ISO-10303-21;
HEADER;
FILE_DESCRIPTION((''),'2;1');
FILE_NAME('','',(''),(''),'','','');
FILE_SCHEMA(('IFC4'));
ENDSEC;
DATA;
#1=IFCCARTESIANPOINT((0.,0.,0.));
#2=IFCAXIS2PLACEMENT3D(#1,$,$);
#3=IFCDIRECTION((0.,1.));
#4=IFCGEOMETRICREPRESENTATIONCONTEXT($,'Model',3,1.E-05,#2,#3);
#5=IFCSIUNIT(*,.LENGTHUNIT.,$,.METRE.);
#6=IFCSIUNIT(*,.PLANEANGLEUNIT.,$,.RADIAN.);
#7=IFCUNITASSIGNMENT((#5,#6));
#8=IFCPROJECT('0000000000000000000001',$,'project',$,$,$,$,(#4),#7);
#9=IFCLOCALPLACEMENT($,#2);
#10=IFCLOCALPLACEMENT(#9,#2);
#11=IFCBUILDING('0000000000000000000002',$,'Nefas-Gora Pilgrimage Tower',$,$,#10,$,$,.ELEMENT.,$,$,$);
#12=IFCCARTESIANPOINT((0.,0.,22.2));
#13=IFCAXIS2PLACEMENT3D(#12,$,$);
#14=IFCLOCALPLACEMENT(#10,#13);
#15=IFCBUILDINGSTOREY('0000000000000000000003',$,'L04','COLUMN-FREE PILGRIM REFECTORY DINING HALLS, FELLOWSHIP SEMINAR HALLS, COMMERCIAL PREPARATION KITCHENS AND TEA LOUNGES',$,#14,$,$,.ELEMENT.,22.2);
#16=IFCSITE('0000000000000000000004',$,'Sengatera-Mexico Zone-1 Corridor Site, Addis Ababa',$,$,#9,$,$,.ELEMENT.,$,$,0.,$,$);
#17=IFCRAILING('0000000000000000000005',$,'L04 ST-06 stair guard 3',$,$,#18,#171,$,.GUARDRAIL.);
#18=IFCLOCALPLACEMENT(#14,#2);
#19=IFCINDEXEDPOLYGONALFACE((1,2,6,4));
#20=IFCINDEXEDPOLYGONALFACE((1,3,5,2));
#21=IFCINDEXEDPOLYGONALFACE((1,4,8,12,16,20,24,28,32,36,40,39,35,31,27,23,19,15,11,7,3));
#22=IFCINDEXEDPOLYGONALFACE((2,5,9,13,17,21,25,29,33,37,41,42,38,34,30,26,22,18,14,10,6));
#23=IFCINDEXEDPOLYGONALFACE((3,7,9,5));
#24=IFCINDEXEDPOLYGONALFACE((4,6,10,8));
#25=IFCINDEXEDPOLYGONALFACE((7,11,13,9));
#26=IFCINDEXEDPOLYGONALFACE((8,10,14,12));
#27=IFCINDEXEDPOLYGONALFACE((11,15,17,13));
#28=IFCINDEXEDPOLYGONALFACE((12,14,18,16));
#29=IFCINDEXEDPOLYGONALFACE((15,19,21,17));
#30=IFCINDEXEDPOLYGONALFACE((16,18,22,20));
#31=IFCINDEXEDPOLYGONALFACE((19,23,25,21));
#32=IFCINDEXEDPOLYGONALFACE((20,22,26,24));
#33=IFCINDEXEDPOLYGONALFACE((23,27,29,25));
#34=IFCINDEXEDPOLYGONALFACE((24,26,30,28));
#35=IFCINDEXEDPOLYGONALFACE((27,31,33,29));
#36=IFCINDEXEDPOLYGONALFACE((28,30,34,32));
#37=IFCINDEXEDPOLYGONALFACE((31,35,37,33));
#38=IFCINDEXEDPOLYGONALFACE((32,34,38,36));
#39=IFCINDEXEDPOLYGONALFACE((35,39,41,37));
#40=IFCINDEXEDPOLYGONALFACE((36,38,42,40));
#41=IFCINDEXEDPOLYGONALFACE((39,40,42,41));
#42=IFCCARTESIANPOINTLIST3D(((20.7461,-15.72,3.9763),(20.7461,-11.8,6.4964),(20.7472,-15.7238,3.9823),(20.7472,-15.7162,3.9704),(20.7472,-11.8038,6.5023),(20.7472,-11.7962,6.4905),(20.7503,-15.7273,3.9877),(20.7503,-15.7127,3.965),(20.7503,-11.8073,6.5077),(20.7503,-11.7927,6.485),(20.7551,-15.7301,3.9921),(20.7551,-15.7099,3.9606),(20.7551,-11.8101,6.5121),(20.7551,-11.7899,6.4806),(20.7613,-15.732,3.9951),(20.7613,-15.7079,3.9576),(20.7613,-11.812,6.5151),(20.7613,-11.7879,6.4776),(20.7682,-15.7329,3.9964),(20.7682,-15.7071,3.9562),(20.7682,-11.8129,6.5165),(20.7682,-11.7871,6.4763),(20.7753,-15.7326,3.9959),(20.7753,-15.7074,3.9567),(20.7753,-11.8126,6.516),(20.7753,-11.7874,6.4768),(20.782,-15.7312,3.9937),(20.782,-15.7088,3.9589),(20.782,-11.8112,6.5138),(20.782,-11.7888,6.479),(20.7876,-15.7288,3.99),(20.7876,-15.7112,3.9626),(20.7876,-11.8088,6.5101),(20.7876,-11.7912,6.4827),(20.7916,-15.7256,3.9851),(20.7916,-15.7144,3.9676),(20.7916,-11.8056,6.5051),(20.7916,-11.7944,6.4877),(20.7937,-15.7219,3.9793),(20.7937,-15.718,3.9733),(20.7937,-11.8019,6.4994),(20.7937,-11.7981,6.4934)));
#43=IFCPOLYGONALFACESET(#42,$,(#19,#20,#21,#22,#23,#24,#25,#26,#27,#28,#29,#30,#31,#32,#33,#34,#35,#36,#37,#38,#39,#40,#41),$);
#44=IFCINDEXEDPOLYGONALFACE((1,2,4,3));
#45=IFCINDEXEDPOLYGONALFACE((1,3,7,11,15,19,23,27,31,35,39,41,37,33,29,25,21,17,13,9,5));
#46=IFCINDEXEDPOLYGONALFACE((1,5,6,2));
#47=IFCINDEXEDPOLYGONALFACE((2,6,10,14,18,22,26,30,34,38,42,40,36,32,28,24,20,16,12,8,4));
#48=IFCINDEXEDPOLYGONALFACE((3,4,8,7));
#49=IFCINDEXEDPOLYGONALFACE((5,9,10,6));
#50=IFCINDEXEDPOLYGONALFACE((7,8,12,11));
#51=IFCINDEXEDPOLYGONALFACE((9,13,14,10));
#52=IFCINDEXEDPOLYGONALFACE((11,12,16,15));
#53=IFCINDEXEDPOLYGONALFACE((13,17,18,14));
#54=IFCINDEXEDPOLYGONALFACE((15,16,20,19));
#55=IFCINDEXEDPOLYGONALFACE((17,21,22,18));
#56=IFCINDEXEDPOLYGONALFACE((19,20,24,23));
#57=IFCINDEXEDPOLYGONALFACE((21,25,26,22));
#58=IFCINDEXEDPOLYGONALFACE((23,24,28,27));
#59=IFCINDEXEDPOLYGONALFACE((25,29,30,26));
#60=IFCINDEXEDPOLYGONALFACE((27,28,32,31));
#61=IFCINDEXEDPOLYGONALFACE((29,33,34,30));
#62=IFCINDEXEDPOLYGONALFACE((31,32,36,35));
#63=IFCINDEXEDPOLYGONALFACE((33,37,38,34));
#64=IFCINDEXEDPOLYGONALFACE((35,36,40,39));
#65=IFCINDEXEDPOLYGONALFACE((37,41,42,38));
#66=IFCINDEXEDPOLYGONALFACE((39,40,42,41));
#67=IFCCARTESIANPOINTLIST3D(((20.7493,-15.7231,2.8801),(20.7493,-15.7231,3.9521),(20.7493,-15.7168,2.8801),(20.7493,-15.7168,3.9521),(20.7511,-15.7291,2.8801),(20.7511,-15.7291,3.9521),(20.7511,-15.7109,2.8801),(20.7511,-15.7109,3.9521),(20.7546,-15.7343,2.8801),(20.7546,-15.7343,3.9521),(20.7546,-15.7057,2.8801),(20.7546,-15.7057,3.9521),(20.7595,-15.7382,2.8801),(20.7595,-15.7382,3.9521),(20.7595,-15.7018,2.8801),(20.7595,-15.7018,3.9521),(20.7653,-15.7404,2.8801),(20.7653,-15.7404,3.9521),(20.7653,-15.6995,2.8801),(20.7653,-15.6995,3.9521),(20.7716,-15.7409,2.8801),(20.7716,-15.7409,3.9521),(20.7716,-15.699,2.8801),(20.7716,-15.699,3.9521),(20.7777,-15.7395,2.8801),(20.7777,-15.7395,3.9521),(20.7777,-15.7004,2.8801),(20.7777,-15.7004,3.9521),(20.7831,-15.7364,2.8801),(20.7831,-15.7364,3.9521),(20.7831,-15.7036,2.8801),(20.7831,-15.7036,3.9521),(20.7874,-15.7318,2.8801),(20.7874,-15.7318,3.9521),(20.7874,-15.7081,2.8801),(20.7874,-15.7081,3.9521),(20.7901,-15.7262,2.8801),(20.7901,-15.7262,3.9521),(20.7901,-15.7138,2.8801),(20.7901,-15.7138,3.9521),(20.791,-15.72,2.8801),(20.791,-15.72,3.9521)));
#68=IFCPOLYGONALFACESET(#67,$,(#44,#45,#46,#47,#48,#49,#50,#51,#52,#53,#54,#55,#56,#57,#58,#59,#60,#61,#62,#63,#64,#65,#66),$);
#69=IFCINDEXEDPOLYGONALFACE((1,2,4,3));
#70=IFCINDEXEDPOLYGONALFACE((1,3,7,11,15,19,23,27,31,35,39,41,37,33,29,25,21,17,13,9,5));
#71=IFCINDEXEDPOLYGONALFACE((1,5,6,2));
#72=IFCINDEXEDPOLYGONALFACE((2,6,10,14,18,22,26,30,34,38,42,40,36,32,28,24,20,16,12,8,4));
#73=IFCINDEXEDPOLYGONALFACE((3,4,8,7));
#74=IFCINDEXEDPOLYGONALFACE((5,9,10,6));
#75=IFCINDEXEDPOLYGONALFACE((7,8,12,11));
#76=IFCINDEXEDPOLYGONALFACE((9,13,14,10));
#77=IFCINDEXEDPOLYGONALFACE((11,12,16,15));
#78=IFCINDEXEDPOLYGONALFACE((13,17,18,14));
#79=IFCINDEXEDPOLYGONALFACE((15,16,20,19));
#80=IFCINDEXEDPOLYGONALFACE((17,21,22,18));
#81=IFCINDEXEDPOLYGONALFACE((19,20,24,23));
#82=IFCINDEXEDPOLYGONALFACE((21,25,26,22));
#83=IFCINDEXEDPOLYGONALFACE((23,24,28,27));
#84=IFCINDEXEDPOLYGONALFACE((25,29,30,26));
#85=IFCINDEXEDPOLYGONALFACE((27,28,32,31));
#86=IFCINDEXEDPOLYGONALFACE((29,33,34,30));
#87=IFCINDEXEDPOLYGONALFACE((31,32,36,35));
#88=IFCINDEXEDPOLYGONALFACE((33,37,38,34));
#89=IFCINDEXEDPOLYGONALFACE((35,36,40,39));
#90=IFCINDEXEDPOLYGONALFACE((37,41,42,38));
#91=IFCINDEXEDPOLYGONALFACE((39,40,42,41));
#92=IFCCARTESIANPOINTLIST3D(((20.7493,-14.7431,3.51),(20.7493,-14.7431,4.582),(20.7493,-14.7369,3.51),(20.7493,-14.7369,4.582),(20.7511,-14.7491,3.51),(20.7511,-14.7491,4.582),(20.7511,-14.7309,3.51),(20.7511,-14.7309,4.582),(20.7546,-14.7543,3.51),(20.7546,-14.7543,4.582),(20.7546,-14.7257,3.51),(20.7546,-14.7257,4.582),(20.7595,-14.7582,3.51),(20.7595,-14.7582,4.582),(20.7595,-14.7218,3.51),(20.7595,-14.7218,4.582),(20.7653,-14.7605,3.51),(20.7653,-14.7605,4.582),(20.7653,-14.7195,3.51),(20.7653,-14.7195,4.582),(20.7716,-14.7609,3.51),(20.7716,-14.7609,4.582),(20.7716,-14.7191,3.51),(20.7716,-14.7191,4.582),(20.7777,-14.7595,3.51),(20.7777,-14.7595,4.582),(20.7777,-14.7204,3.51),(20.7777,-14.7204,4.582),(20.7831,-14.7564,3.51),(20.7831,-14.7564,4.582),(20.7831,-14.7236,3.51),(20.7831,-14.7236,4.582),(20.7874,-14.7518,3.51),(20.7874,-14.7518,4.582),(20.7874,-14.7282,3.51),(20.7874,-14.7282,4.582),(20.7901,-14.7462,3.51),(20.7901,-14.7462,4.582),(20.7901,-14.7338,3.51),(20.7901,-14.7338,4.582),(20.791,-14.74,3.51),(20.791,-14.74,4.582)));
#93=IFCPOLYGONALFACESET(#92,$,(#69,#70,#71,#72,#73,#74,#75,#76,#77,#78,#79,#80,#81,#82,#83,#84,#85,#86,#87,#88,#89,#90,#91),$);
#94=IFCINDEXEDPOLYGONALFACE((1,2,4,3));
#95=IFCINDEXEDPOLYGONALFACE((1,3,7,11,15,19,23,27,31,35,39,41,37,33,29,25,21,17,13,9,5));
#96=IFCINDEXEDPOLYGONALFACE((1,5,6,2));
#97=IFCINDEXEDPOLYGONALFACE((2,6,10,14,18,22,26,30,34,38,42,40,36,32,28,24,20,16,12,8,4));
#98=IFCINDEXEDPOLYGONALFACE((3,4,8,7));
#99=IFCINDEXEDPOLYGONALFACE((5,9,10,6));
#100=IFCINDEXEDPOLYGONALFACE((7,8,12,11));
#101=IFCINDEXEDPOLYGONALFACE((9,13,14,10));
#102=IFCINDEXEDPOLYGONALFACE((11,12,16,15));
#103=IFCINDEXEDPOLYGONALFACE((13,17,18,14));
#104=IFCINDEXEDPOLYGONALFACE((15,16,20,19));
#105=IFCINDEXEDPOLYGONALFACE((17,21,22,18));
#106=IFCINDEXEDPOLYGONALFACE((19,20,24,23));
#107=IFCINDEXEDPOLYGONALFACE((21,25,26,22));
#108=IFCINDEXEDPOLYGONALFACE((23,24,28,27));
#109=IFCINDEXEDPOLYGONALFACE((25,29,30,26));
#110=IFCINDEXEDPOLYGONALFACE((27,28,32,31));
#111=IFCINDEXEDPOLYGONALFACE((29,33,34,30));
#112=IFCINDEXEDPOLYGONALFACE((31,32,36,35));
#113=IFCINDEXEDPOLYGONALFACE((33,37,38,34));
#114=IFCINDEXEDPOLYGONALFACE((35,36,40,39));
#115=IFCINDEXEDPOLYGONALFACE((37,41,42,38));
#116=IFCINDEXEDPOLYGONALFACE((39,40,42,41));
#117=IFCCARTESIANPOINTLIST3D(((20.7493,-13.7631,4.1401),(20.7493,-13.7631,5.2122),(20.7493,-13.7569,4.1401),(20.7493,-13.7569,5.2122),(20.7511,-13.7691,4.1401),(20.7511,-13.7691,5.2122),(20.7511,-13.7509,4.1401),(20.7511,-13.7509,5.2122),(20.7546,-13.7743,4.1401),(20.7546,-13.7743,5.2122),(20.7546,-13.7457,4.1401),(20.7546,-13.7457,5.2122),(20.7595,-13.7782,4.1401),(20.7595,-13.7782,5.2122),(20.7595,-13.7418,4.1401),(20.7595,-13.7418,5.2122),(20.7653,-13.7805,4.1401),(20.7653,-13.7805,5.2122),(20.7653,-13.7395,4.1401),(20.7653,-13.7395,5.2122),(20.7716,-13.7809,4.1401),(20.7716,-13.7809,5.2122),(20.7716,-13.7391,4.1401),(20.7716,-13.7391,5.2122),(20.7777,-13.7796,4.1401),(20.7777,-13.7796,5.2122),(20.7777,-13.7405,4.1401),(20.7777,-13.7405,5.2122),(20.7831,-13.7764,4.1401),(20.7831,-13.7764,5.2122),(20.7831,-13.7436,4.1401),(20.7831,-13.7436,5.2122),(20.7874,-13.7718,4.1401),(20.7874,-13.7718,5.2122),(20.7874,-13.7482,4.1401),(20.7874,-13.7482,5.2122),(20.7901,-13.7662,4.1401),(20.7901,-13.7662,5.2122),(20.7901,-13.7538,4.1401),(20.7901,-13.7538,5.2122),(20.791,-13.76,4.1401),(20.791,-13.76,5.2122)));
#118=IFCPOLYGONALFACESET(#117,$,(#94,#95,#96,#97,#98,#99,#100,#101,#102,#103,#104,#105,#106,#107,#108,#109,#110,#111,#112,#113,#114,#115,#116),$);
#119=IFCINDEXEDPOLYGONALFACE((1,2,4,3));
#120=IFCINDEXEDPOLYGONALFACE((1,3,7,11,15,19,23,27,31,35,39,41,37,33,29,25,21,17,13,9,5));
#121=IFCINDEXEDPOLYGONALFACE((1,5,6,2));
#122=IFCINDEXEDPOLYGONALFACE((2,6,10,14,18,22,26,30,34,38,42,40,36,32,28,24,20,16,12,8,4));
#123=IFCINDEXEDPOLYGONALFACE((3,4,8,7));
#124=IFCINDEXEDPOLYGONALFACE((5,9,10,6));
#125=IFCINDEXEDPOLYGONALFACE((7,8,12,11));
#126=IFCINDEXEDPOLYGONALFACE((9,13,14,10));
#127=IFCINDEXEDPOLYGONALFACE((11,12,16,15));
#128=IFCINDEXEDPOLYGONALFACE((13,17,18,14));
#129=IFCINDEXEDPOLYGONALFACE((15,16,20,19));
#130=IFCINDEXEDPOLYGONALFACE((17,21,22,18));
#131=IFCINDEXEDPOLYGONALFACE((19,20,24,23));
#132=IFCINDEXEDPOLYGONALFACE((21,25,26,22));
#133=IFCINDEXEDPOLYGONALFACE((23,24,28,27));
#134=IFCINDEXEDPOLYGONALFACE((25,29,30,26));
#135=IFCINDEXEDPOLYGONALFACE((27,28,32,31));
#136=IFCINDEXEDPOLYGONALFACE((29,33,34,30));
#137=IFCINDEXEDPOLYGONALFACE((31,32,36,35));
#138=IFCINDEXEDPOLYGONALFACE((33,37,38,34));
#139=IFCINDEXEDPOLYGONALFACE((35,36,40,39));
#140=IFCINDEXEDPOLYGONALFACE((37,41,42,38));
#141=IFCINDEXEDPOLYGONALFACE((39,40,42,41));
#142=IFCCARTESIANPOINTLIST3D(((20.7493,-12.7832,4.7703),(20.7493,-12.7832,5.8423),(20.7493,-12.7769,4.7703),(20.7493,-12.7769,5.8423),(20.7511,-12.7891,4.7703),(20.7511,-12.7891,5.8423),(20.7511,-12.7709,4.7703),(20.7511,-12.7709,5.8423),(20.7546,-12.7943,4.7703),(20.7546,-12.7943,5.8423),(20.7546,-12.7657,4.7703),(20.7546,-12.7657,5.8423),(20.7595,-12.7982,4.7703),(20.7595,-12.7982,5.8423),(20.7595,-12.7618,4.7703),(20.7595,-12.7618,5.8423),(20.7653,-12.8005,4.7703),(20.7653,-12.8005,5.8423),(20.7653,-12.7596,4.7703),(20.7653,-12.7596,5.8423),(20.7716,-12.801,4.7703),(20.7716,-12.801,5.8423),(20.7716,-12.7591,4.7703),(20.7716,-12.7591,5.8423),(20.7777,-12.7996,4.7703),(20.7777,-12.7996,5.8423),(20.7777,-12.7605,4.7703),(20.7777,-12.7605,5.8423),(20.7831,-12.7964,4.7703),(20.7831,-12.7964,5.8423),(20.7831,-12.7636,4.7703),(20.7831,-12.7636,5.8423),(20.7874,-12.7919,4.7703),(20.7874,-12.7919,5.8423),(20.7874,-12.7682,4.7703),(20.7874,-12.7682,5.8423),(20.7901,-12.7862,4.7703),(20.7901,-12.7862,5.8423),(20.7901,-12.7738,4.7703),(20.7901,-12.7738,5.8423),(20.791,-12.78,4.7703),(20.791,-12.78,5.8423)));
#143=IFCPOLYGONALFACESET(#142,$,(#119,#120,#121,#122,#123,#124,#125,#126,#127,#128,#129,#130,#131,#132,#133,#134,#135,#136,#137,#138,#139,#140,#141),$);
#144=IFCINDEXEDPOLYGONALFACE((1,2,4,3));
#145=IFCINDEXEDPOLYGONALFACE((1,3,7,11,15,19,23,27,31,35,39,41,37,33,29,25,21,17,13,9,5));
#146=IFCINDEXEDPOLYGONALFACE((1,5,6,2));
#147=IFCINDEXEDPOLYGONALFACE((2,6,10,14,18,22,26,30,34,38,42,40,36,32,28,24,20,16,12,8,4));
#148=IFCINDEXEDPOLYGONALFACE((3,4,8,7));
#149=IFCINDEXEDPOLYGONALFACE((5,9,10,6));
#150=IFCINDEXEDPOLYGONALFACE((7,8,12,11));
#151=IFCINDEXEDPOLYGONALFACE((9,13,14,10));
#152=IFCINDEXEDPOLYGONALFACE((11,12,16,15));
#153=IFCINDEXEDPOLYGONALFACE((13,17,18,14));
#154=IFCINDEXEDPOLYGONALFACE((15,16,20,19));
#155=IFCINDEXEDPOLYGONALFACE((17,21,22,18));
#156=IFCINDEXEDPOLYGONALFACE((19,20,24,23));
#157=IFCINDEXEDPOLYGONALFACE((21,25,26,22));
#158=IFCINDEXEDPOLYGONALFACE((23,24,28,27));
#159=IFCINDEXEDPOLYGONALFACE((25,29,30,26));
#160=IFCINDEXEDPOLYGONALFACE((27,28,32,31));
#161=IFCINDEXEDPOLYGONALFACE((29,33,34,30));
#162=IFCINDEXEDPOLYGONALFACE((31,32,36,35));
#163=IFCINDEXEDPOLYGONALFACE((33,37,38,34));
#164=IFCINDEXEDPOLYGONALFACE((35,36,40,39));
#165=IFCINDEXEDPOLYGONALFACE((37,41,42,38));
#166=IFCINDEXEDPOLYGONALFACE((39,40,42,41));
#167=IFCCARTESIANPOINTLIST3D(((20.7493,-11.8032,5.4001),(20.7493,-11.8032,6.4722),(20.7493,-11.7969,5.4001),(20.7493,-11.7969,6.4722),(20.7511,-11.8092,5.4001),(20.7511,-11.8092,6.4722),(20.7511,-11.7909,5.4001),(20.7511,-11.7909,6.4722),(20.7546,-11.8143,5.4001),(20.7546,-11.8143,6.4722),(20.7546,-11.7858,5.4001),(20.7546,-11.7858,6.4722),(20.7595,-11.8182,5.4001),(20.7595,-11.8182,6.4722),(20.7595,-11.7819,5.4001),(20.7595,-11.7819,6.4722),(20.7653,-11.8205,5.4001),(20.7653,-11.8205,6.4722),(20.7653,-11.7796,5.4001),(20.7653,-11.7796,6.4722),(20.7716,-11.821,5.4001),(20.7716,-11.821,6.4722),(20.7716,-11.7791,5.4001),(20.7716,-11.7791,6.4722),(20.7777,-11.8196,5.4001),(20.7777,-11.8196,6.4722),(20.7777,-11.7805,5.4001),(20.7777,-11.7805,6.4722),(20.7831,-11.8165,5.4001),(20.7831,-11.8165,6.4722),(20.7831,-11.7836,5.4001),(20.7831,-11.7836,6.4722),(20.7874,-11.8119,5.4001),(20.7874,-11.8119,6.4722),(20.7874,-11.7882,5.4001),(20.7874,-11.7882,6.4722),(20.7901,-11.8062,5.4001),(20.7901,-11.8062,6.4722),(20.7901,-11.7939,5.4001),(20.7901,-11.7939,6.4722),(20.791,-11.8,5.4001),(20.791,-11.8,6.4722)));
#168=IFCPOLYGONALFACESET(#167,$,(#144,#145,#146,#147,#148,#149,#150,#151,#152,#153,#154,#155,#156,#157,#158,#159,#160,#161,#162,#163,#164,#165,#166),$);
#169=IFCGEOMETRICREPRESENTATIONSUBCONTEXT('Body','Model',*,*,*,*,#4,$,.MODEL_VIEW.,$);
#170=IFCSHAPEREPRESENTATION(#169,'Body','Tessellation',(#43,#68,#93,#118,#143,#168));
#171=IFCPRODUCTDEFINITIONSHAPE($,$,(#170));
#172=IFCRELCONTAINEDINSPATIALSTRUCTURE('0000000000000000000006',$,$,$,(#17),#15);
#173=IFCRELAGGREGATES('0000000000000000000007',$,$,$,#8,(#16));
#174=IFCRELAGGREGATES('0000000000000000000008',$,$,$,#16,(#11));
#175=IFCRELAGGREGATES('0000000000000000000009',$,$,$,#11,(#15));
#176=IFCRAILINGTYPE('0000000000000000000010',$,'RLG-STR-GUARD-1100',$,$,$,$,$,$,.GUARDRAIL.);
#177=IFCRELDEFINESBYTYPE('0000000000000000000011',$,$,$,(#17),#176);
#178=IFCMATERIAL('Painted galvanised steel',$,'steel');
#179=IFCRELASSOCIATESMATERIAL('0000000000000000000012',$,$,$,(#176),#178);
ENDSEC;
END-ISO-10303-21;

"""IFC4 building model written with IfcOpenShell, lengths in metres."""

from ifc_helpers import new_model, si_unit, direction, frame, origin, origin_2d, place, context, subcontext, project, spatial, circle, extrude, material, type_object, element, save


model = new_model("IFC4")

# Units and contexts
model_context = context("Model", 3, precision=1e-05, world=origin(), true_north=direction((0.0, 1.0)))
body_context = subcontext(model_context, "Body", "Model", "MODEL_VIEW")
ifc_project = project(units=[si_unit("LENGTHUNIT", "METRE"), si_unit("PLANEANGLEUNIT", "RADIAN")], contexts=[model_context])

# Site, building, storey
site_placement = place(None, origin())
site = spatial("IfcSite", under=ifc_project, at=site_placement, Name="Sengatera-Mexico Zone-1 Corridor Site, Addis Ababa", CompositionType="ELEMENT", RefElevation=0.0)
building_placement = place(site_placement, origin())
building = spatial("IfcBuilding", under=site, at=building_placement, Name="Nefas-Gora Pilgrimage Tower", CompositionType="ELEMENT")
storey_placement = place(building_placement, frame((0.0, 0.0, 22.2)))
storey = spatial("IfcBuildingStorey", under=building, at=storey_placement, Name="L04", Description="COLUMN-FREE PILGRIM REFECTORY DINING HALLS, FELLOWSHIP SEMINAR HALLS, COMMERCIAL PREPARATION KITCHENS AND TEA LOUNGES", CompositionType="ELEMENT", Elevation=22.2)

# Railing
ifc_material_1 = material(Name="Painted galvanised steel", Category="steel")
railing_type_1 = type_object("IfcRailingType", Name="RLG-STR-GUARD-1100", PredefinedType="GUARDRAIL", material=ifc_material_1)
railing_1_placement = place(storey_placement, frame((20.77, -15.72, 2.8801)))
element("IfcRailing", 1, at=railing_1_placement, inside=storey, type_object=railing_type_1, Name="L04 ST-06 stair guard 3", PredefinedType="GUARDRAIL", context=body_context, shape_type="SweptSolid", body=[
    extrude(circle(Radius=0.0239, at=origin_2d()), frame((0.0, 0.0, 1.0962), z_axis=(0.0, 0.841172, 0.540768), x_axis=(-1.0, 0.0, 0.0)), (0.0, 0.0, 1.0), 4.6602),
    extrude(circle(Radius=0.021, at=origin_2d()), origin(), (0.0, 0.0, 1.0), 1.072),
    extrude(circle(Radius=0.021, at=origin_2d()), frame((0.0, 0.98, 0.6299)), (0.0, 0.0, 1.0), 1.072),
    extrude(circle(Radius=0.021, at=origin_2d()), frame((0.0, 1.96, 1.26)), (0.0, 0.0, 1.0), 1.072),
    extrude(circle(Radius=0.021, at=origin_2d()), frame((0.0, 2.9399, 1.8901)), (0.0, 0.0, 1.0), 1.072),
    extrude(circle(Radius=0.021, at=origin_2d()), frame((0.0, 3.9199, 2.52)), (0.0, 0.0, 1.0), 1.072),
])

save(model, "model.ifc")
